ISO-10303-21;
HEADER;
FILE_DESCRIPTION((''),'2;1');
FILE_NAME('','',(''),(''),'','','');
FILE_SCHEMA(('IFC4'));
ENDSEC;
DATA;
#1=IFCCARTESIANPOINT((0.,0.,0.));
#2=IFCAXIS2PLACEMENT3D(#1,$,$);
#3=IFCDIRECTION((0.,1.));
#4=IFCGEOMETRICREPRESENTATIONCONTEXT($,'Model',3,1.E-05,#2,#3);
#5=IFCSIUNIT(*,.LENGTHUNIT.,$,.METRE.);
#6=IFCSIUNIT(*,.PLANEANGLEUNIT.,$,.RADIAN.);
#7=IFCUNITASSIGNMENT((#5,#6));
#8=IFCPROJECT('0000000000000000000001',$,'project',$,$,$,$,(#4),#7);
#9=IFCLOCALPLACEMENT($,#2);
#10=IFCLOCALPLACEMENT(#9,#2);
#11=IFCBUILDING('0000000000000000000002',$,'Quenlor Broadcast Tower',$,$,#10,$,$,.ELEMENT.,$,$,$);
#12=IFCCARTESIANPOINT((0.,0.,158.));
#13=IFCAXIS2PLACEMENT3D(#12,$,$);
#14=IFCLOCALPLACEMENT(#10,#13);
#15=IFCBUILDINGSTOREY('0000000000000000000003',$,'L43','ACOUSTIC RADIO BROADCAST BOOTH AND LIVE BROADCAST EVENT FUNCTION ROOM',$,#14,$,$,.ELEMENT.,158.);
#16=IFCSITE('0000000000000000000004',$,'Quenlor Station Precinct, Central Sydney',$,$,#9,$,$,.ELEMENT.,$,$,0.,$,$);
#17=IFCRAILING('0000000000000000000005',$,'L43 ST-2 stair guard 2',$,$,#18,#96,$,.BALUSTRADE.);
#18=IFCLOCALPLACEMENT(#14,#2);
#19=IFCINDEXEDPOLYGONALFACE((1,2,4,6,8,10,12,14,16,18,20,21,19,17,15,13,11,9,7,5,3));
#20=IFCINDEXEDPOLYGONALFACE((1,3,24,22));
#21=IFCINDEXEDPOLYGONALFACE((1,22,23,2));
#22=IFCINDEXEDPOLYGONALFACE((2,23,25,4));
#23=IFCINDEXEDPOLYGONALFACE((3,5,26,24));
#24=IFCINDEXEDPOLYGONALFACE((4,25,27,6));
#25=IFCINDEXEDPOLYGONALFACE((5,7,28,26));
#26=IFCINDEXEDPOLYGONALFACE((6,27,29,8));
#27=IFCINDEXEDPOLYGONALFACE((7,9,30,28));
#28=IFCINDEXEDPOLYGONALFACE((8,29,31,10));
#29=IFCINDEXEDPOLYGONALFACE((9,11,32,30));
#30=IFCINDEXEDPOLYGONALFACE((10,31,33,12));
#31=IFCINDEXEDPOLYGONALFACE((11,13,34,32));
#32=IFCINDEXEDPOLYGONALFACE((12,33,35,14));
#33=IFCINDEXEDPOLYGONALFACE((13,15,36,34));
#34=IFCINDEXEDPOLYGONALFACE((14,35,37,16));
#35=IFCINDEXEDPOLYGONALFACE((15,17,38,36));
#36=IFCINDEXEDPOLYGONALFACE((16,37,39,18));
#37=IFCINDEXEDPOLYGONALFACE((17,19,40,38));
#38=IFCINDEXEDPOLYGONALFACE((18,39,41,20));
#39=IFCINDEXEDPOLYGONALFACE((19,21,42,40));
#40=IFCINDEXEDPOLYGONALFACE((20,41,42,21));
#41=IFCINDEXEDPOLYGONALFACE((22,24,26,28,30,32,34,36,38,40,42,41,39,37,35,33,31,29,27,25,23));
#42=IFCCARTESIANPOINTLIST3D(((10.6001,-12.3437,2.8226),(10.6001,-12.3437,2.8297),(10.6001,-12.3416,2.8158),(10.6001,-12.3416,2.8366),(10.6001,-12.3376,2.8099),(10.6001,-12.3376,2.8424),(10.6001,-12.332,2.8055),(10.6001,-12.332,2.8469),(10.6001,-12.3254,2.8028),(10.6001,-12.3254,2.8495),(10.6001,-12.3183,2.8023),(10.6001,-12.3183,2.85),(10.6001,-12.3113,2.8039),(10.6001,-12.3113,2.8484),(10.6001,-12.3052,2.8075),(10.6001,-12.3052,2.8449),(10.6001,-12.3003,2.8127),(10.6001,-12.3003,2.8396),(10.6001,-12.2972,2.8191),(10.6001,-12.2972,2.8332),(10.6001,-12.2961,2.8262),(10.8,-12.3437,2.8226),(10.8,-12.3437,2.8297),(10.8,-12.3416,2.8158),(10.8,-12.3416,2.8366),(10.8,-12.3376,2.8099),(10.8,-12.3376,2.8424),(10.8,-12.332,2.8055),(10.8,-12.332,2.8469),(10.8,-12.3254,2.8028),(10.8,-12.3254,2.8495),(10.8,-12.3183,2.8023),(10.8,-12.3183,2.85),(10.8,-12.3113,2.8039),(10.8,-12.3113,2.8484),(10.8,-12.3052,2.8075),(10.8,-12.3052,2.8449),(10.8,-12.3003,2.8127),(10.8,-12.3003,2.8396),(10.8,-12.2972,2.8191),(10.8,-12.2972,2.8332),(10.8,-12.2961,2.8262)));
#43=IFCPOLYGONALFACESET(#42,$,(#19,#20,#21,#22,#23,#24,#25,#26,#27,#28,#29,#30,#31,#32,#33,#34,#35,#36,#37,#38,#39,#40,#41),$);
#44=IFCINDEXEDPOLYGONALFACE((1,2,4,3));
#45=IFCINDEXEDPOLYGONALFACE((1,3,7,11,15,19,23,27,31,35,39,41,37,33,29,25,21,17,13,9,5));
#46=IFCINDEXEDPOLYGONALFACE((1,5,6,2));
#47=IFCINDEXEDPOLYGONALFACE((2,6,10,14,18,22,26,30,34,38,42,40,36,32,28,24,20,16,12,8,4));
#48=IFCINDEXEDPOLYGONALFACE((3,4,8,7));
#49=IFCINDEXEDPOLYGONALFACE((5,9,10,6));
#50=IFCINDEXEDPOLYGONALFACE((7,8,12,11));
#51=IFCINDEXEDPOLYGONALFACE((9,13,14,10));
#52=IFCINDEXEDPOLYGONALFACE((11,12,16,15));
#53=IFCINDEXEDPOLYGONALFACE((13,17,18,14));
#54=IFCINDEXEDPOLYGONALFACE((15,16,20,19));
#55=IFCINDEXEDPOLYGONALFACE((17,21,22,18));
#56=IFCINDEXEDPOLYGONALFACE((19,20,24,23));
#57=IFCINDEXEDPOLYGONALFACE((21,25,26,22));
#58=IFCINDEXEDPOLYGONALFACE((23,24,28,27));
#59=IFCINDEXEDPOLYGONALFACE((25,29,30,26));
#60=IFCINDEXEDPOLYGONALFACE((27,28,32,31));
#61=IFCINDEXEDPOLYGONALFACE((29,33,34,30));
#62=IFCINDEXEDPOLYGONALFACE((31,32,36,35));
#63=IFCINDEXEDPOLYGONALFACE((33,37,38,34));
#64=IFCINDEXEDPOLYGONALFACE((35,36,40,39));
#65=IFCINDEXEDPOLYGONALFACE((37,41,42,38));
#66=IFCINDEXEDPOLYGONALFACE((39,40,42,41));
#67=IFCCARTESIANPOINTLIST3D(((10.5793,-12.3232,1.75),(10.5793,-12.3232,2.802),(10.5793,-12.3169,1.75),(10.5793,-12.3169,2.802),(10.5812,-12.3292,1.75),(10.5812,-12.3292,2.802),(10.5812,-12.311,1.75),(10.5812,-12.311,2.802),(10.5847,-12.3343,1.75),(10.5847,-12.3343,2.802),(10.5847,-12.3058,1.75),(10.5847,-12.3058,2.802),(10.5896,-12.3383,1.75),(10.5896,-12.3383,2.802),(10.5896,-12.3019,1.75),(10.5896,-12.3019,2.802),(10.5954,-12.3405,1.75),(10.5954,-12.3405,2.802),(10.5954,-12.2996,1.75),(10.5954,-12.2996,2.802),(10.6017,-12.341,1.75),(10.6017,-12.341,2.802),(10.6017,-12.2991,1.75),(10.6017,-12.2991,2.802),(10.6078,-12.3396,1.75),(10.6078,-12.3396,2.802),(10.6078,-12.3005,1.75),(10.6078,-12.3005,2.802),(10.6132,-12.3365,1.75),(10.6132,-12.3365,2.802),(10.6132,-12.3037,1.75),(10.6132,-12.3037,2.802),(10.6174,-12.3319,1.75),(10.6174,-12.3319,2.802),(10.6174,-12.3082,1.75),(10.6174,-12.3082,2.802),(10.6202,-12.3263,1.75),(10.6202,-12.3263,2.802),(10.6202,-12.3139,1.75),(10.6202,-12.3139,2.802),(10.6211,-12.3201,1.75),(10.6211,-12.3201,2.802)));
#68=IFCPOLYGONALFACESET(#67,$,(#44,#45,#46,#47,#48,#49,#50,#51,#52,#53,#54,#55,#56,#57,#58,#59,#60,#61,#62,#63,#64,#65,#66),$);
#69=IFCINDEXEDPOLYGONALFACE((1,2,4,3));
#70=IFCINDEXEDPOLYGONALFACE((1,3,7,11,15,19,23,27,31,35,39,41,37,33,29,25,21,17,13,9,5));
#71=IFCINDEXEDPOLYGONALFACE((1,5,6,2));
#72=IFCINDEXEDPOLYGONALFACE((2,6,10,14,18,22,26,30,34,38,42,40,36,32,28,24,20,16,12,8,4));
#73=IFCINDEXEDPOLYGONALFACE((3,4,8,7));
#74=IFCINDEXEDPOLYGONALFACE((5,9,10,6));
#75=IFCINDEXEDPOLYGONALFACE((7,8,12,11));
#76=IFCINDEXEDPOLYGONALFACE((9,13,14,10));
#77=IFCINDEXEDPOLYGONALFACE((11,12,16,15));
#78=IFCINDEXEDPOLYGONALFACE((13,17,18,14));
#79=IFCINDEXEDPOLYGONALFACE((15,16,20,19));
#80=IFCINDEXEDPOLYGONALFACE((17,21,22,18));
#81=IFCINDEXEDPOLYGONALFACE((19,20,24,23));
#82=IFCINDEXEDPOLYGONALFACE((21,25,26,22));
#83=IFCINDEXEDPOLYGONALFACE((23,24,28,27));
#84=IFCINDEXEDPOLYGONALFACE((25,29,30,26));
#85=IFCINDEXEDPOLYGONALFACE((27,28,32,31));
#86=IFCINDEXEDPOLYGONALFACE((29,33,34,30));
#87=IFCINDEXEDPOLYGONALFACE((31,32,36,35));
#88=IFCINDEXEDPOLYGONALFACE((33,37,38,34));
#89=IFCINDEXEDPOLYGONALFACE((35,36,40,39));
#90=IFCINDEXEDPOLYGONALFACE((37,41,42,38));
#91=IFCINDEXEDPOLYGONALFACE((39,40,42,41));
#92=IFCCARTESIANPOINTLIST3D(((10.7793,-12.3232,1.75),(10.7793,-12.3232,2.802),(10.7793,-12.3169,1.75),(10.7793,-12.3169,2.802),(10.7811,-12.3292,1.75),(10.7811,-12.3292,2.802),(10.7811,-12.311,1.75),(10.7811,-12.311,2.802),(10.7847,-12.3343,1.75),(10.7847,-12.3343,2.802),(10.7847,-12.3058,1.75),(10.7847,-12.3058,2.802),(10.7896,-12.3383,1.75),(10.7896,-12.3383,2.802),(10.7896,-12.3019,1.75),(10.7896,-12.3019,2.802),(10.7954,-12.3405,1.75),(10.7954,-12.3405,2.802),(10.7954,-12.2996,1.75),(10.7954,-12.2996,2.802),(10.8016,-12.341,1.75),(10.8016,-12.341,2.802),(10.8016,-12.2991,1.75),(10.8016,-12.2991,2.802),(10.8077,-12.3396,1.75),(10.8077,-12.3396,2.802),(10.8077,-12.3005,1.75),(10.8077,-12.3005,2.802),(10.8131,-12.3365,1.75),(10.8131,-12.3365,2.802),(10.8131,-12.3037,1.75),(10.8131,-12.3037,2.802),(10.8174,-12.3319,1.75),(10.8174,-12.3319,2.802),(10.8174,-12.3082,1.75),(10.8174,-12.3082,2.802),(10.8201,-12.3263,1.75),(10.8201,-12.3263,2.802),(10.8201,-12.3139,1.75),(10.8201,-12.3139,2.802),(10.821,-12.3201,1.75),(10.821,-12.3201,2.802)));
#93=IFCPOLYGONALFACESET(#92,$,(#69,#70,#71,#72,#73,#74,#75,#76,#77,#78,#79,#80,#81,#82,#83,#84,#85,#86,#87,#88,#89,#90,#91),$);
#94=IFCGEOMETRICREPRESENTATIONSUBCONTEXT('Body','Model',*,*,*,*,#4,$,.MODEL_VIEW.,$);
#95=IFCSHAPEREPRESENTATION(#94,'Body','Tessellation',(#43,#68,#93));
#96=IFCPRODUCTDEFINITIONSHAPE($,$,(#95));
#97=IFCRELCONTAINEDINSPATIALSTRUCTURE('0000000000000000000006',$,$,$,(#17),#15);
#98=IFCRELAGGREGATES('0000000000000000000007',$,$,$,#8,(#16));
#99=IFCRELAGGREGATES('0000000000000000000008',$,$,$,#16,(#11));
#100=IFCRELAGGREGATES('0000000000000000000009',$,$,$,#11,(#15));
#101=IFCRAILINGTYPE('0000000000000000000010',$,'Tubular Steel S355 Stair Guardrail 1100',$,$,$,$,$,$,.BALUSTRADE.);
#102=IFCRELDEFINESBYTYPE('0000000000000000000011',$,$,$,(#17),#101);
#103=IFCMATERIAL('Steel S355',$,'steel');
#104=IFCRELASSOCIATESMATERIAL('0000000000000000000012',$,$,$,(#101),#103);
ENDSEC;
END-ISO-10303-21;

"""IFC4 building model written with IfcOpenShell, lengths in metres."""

from ifc_helpers import new_model, si_unit, direction, frame, origin, origin_2d, place, context, subcontext, project, spatial, circle, extrude, material, type_object, element, save


model = new_model("IFC4")

# Units and contexts
model_context = context("Model", 3, precision=1e-05, world=origin(), true_north=direction((0.0, 1.0)))
body_context = subcontext(model_context, "Body", "Model", "MODEL_VIEW")
ifc_project = project(units=[si_unit("LENGTHUNIT", "METRE"), si_unit("PLANEANGLEUNIT", "RADIAN")], contexts=[model_context])

# Site, building, storey
site_placement = place(None, origin())
site = spatial("IfcSite", under=ifc_project, at=site_placement, Name="Quenlor Station Precinct, Central Sydney", CompositionType="ELEMENT", RefElevation=0.0)
building_placement = place(site_placement, origin())
building = spatial("IfcBuilding", under=site, at=building_placement, Name="Quenlor Broadcast Tower", CompositionType="ELEMENT")
storey_placement = place(building_placement, frame((0.0, 0.0, 158.0)))
storey = spatial("IfcBuildingStorey", under=building, at=storey_placement, Name="L43", Description="ACOUSTIC RADIO BROADCAST BOOTH AND LIVE BROADCAST EVENT FUNCTION ROOM", CompositionType="ELEMENT", Elevation=158.0)

# Railing
ifc_material_1 = material(Name="Steel S355", Category="steel")
railing_type_1 = type_object("IfcRailingType", Name="Tubular Steel S355 Stair Guardrail 1100", PredefinedType="BALUSTRADE", material=ifc_material_1)
railing_1_placement = place(storey_placement, frame((10.6001, -12.3201, 1.75)))
element("IfcRailing", 1, at=railing_1_placement, inside=storey, type_object=railing_type_1, Name="L43 ST-2 stair guard 2", PredefinedType="BALUSTRADE", context=body_context, shape_type="SweptSolid", body=[
    extrude(circle(Radius=0.0239, at=origin_2d()), frame((0.0, 0.0, 1.0762), z_axis=(1.0, 0.0, 0.0), x_axis=(0.0, 1.0, 0.0)), (0.0, 0.0, 1.0), 0.2),
    extrude(circle(Radius=0.021, at=origin_2d()), origin(), (0.0, 0.0, 1.0), 1.052),
    extrude(circle(Radius=0.021, at=origin_2d()), frame((0.2, 0.0, 0.0)), (0.0, 0.0, 1.0), 1.052),
])

save(model, "model.ifc")
